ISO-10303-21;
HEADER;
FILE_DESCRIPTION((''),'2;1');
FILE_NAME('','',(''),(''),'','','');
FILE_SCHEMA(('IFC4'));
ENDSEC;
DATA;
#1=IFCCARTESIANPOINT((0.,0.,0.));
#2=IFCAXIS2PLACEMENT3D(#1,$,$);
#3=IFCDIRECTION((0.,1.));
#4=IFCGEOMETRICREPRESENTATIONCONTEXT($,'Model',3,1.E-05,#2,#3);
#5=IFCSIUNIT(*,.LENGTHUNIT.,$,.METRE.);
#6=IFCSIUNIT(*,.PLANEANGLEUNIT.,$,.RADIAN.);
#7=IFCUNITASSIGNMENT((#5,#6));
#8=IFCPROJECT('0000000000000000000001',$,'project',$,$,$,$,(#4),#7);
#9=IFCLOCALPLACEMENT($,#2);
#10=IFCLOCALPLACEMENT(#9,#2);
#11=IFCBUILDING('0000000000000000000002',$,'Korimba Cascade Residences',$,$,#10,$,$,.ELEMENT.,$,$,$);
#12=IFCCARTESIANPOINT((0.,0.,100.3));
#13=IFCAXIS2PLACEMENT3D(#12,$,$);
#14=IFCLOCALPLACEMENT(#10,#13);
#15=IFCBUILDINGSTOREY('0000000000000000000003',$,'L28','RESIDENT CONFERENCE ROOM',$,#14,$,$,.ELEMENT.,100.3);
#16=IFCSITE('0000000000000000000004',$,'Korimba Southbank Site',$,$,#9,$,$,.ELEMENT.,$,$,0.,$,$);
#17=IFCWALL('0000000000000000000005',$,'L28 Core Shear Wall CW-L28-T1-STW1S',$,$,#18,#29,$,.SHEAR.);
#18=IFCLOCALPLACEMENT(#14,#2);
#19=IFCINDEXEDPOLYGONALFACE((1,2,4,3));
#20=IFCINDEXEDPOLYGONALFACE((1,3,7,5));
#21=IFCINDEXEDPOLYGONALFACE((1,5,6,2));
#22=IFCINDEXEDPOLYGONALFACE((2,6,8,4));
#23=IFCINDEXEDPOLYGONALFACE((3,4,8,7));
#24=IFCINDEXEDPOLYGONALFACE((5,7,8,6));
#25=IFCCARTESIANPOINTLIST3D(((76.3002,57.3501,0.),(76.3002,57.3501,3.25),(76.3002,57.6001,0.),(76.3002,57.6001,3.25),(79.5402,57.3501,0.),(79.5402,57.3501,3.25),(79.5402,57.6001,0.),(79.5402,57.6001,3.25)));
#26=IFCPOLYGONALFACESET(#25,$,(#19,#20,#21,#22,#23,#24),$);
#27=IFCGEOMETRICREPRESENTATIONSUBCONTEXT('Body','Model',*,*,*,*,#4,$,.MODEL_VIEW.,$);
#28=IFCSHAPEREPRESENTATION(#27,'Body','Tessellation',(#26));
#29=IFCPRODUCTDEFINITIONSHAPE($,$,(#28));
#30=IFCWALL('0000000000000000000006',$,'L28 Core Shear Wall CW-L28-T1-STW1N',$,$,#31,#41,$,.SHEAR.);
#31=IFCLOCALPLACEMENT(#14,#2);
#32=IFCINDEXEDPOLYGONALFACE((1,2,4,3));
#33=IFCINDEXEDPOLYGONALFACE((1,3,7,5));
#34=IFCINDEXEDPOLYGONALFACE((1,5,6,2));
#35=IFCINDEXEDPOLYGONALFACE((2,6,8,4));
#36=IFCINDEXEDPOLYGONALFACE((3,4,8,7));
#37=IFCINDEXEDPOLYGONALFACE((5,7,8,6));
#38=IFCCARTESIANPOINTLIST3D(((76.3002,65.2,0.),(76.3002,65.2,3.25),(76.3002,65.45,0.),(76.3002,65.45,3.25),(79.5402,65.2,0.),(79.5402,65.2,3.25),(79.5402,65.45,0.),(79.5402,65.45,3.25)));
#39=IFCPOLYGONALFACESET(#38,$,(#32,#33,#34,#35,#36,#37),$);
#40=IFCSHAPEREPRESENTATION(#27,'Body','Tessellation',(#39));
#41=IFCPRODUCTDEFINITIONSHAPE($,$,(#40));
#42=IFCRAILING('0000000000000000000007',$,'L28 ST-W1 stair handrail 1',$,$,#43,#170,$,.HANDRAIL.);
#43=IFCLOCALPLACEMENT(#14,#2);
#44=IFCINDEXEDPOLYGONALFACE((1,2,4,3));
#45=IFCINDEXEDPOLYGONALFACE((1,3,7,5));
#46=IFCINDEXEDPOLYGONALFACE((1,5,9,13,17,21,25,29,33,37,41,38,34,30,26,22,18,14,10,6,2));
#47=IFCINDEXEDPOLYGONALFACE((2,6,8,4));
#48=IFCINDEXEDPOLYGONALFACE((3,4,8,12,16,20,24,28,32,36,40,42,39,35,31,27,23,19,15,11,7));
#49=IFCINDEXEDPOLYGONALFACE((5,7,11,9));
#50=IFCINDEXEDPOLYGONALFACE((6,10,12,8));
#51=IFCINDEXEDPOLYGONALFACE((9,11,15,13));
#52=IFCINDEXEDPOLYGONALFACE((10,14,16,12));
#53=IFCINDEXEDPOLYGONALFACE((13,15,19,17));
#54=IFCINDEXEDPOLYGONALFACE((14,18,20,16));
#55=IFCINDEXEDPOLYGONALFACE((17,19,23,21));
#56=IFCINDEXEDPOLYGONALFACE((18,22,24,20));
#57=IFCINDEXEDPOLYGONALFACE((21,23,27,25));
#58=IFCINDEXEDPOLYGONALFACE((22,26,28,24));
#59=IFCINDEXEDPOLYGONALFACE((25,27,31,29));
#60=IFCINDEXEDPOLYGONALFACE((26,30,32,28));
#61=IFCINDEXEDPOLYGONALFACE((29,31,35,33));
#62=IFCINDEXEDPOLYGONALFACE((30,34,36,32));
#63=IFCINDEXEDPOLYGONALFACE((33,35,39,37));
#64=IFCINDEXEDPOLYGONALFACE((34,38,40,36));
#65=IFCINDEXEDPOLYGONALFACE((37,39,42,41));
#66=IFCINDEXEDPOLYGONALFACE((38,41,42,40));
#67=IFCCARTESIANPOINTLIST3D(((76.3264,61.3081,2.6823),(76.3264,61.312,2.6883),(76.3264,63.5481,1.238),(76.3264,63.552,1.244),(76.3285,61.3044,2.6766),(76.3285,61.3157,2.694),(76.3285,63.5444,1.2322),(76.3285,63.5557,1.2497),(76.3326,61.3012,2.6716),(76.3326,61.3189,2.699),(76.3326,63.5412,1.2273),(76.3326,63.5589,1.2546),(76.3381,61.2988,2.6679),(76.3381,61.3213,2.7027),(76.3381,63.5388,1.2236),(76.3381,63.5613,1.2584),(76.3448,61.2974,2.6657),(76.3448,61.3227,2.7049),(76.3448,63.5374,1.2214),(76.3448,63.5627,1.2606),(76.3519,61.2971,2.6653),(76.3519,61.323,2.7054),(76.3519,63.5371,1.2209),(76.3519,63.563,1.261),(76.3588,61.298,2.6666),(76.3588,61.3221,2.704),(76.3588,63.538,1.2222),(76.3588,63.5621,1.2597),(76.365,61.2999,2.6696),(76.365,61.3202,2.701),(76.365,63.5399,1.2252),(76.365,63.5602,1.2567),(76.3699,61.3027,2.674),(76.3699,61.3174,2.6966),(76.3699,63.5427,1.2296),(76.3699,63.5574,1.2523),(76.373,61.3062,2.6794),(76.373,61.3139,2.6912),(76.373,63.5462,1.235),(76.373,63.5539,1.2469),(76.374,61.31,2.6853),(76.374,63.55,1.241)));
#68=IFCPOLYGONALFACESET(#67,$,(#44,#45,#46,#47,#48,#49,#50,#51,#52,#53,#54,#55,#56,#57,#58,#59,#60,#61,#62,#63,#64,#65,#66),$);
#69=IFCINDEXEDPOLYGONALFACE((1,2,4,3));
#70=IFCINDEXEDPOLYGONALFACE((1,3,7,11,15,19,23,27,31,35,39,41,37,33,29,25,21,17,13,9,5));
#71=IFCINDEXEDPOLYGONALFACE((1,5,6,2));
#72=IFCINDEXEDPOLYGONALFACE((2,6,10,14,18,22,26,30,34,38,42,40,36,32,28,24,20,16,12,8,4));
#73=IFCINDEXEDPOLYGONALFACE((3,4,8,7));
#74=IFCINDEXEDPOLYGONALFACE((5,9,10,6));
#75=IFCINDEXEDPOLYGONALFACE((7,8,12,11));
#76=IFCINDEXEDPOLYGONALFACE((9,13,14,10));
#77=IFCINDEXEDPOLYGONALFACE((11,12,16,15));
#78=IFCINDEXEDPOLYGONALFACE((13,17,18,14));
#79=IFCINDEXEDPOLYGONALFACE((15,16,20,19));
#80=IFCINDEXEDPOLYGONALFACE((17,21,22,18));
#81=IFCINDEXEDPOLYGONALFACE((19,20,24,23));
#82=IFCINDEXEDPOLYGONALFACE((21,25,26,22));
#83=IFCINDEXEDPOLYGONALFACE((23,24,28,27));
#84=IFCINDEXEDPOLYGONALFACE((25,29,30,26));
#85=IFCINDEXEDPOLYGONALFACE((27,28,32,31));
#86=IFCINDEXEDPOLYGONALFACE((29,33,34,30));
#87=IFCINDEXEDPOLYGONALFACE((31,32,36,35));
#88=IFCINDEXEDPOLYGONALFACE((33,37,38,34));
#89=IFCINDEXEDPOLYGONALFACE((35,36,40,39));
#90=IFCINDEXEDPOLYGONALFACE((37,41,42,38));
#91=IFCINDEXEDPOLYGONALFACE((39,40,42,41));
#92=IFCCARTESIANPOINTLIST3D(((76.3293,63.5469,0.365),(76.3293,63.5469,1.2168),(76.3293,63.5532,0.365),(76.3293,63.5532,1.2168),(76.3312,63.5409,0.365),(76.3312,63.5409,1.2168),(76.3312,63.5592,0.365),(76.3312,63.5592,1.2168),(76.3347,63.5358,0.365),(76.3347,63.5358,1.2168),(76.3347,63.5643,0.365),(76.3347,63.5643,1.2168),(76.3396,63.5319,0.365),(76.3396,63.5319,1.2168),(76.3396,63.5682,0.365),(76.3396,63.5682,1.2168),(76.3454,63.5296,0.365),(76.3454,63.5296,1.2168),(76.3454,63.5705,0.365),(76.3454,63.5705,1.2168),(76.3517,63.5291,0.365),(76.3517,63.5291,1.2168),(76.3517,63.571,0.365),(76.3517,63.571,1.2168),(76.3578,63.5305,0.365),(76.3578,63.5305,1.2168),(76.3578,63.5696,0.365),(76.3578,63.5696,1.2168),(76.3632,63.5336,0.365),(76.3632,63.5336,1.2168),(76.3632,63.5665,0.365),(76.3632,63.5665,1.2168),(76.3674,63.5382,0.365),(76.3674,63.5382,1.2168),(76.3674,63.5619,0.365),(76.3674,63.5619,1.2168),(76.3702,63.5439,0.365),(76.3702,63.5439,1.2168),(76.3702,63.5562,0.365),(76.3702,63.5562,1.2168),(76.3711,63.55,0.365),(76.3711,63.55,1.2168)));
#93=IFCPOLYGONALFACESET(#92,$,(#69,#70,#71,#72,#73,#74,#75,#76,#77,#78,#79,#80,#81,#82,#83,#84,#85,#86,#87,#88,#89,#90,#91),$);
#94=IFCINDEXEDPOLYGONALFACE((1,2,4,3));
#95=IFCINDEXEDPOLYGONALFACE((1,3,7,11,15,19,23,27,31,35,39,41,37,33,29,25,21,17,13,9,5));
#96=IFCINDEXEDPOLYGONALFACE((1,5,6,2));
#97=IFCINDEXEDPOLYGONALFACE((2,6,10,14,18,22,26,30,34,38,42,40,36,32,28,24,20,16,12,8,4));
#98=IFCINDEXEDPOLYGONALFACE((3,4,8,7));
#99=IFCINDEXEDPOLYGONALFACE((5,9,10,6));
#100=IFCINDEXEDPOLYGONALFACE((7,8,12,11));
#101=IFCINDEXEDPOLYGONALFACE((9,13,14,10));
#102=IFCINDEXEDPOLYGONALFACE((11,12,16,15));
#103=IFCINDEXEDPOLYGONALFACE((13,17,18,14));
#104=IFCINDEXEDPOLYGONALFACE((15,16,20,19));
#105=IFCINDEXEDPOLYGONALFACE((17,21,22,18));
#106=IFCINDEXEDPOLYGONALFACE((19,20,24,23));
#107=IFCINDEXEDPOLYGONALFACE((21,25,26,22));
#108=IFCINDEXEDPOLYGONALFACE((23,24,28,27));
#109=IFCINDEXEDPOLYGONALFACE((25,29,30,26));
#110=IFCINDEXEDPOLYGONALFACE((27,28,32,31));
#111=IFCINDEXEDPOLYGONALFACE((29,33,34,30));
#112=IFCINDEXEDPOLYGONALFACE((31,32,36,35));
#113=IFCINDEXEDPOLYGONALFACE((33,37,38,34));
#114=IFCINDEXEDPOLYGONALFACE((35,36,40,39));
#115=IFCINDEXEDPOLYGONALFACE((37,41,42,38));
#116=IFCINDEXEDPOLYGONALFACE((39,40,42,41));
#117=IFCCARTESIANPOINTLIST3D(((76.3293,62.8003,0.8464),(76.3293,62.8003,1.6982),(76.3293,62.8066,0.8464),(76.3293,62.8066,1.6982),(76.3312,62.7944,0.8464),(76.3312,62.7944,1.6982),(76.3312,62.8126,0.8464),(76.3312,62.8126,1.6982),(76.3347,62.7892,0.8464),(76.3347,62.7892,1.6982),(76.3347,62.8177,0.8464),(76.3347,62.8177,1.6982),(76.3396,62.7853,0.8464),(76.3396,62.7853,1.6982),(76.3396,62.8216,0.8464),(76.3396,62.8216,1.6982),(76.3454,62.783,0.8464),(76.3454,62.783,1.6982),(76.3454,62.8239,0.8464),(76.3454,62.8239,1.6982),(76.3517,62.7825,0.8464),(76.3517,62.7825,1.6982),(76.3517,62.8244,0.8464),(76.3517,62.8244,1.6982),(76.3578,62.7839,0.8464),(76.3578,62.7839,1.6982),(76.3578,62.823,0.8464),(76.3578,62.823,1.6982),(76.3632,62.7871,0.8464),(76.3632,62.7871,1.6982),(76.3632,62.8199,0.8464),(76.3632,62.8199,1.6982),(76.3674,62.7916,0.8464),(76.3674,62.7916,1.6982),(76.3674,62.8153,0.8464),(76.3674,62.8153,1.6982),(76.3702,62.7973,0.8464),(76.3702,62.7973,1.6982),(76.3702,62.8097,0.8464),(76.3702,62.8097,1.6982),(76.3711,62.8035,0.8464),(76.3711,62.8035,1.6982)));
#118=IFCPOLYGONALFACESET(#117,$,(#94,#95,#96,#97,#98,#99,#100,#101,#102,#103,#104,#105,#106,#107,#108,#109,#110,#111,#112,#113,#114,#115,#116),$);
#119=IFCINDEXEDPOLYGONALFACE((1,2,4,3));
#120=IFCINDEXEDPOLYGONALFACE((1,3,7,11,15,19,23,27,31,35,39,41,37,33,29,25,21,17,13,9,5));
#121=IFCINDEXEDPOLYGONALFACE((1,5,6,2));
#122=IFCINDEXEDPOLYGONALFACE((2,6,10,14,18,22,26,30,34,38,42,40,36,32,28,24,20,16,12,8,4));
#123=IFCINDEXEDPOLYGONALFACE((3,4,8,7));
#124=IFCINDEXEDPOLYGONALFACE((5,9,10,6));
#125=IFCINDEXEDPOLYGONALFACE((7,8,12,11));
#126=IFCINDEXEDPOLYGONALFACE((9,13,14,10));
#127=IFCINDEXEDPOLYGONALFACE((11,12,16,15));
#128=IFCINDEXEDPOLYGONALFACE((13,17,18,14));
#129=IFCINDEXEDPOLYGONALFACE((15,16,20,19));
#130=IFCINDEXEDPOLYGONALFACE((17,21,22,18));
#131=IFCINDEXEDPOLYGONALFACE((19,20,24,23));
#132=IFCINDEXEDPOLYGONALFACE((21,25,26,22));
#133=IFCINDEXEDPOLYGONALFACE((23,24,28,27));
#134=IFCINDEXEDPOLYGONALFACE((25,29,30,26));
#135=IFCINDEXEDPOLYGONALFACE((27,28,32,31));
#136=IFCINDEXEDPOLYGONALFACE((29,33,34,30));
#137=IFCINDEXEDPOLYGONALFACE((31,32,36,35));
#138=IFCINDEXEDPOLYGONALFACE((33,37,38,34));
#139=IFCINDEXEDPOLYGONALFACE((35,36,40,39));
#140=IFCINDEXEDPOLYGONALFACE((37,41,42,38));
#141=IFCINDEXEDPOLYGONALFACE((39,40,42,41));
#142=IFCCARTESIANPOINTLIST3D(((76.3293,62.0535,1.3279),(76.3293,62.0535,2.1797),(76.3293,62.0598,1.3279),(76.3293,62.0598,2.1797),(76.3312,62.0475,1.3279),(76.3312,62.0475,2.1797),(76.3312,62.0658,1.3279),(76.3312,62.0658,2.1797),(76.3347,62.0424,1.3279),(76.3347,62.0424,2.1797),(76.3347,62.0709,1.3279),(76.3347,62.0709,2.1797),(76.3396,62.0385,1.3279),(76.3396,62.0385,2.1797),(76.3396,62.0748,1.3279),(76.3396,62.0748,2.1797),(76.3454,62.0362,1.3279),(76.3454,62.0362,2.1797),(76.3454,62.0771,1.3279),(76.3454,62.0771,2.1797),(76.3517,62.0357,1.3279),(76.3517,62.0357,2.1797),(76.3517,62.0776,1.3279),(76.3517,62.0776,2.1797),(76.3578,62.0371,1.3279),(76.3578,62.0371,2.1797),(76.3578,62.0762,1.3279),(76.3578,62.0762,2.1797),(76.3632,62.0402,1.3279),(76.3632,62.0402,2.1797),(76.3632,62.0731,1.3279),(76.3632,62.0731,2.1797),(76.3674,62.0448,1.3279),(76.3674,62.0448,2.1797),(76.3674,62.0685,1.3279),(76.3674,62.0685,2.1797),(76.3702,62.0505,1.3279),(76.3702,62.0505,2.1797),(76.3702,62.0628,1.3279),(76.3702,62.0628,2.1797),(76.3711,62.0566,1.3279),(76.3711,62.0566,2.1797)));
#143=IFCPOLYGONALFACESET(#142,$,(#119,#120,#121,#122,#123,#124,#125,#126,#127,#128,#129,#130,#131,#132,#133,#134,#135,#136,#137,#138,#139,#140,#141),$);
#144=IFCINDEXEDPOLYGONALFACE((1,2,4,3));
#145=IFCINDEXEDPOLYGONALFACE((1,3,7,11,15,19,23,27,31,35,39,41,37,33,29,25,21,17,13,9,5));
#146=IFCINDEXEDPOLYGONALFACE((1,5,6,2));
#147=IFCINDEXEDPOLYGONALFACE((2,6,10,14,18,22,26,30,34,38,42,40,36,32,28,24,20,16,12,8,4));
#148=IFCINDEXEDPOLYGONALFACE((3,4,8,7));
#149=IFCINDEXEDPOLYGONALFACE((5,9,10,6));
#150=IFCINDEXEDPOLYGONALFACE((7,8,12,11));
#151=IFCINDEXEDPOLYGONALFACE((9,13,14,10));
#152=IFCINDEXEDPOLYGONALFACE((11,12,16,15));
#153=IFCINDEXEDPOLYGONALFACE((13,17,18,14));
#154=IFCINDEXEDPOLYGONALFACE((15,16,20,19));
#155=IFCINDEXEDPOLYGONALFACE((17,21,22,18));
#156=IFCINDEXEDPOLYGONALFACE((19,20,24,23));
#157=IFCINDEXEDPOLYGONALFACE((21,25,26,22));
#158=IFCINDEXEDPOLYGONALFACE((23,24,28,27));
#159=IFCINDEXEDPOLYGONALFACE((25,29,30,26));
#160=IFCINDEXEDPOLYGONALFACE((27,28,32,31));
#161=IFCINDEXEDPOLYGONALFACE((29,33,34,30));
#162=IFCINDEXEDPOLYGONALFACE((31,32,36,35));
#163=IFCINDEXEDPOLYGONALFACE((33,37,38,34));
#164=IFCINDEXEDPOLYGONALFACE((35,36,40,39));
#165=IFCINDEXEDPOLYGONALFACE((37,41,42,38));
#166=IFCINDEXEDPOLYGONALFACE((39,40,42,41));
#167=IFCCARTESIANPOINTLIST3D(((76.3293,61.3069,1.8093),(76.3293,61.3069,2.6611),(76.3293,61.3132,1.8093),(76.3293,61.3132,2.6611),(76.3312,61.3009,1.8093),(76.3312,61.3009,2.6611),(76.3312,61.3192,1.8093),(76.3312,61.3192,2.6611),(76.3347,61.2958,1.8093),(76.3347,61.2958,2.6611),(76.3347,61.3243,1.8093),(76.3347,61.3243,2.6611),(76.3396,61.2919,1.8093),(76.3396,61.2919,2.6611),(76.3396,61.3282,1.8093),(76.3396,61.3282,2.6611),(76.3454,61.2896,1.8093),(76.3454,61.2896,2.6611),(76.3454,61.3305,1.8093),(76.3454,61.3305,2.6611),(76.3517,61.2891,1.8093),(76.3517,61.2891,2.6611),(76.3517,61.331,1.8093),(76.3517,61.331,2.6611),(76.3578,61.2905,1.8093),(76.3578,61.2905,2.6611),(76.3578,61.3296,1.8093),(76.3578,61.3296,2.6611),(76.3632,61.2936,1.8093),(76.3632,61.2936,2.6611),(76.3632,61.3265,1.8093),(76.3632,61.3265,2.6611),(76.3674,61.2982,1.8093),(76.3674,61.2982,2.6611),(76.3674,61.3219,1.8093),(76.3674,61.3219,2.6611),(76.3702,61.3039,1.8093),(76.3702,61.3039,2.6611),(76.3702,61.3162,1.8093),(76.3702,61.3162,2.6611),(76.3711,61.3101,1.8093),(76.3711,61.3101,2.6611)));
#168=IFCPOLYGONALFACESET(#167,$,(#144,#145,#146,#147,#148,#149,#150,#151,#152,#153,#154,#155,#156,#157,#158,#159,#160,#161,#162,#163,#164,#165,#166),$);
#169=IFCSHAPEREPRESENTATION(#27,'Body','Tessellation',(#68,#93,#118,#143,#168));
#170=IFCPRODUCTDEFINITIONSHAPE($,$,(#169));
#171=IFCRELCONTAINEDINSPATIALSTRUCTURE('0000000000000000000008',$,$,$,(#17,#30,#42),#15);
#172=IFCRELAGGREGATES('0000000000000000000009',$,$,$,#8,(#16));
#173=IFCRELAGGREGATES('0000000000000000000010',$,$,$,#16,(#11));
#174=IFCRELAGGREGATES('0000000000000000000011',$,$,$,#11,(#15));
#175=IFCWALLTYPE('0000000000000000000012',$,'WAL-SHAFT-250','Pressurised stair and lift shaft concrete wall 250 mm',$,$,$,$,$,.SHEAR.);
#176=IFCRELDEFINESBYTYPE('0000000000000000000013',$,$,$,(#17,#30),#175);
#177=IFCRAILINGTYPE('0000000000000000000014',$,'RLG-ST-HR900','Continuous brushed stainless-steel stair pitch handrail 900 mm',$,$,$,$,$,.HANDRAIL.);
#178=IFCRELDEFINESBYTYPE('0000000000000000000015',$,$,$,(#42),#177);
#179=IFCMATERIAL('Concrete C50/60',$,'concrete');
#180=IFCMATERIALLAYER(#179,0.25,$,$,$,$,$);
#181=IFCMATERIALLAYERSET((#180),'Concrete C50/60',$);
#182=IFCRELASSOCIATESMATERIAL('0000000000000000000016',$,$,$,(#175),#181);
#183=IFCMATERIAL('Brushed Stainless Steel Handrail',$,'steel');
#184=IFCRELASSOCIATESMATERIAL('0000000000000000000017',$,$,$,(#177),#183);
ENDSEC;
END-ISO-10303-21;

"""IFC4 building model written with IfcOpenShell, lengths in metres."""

from ifc_helpers import new_model, si_unit, direction, frame, frame_2d, origin, origin_2d, place, context, subcontext, project, spatial, rectangle, circle, extrude, material, layer, layer_set, type_object, element, save


model = new_model("IFC4")

# Units and contexts
model_context = context("Model", 3, precision=1e-05, world=origin(), true_north=direction((0.0, 1.0)))
body_context = subcontext(model_context, "Body", "Model", "MODEL_VIEW")
ifc_project = project(units=[si_unit("LENGTHUNIT", "METRE"), si_unit("PLANEANGLEUNIT", "RADIAN")], contexts=[model_context])

# Site, building, storey
site_placement = place(None, origin())
site = spatial("IfcSite", under=ifc_project, at=site_placement, Name="Korimba Southbank Site", CompositionType="ELEMENT", RefElevation=0.0)
building_placement = place(site_placement, origin())
building = spatial("IfcBuilding", under=site, at=building_placement, Name="Korimba Cascade Residences", CompositionType="ELEMENT")
storey_placement = place(building_placement, frame((0.0, 0.0, 100.3)))
storey = spatial("IfcBuildingStorey", under=building, at=storey_placement, Name="L28", Description="RESIDENT CONFERENCE ROOM", CompositionType="ELEMENT", Elevation=100.3)

# Walls
ifc_material_1 = material(Name="Concrete C50/60", Category="concrete")
ifc_layer_1 = layer(ifc_material_1, 0.25)
ifc_layer_set_1 = layer_set([ifc_layer_1], Name="Concrete C50/60")
wall_type_1 = type_object("IfcWallType", Name="WAL-SHAFT-250", Description="Pressurised stair and lift shaft concrete wall 250 mm", PredefinedType="SHEAR", material=ifc_layer_set_1)
for number, where, z_axis, x_axis, name in (
    (1, (76.3, 57.4751, 0.0), (0.0, 0.0, 1.0), (1.0, 0.0, 0.0), "L28 Core Shear Wall CW-L28-T1-STW1S"),
    (2, (76.3, 65.325, 0.0), (0.0, 0.0, 1.0), (1.0, 0.0, 0.0), "L28 Core Shear Wall CW-L28-T1-STW1N"),
):
    element("IfcWall", number, at=place(storey_placement, frame(where, z_axis=z_axis, x_axis=x_axis)), inside=storey, type_object=wall_type_1, Name=name, PredefinedType="SHEAR", context=body_context, shape_type="SweptSolid", body=[
        extrude(rectangle(XDim=3.24, YDim=0.25, at=frame_2d((1.6201, 0.0))), origin(), (0.0, 0.0, 1.0), 3.25),
    ])

# Railing
ifc_material_2 = material(Name="Brushed Stainless Steel Handrail", Category="steel")
railing_type = type_object("IfcRailingType", Name="RLG-ST-HR900", Description="Continuous brushed stainless-steel stair pitch handrail 900 mm", PredefinedType="HANDRAIL", material=ifc_material_2)
railing_placement = place(storey_placement, frame((76.3501, 63.55, 0.365)))
element("IfcRailing", 3, at=railing_placement, inside=storey, type_object=railing_type, Name="L28 ST-W1 stair handrail 1", PredefinedType="HANDRAIL", context=body_context, shape_type="SweptSolid", body=[
    extrude(circle(Radius=0.0239, at=origin_2d()), frame((0.0, 0.0, 0.876), z_axis=(0.0, -0.840437, 0.54191), x_axis=(1.0, 0.0, 0.0)), (0.0, 0.0, 1.0), 2.6653),
    extrude(circle(Radius=0.021, at=origin_2d()), origin(), (0.0, 0.0, 1.0), 0.8518),
    extrude(circle(Radius=0.021, at=origin_2d()), frame((0.0, -0.7466, 0.4814)), (0.0, 0.0, 1.0), 0.8518),
    extrude(circle(Radius=0.021, at=origin_2d()), frame((0.0, -1.4934, 0.9629)), (0.0, 0.0, 1.0), 0.8518),
    extrude(circle(Radius=0.021, at=origin_2d()), frame((0.0, -2.24, 1.4443)), (0.0, 0.0, 1.0), 0.8518),
])

save(model, "model.ifc")
